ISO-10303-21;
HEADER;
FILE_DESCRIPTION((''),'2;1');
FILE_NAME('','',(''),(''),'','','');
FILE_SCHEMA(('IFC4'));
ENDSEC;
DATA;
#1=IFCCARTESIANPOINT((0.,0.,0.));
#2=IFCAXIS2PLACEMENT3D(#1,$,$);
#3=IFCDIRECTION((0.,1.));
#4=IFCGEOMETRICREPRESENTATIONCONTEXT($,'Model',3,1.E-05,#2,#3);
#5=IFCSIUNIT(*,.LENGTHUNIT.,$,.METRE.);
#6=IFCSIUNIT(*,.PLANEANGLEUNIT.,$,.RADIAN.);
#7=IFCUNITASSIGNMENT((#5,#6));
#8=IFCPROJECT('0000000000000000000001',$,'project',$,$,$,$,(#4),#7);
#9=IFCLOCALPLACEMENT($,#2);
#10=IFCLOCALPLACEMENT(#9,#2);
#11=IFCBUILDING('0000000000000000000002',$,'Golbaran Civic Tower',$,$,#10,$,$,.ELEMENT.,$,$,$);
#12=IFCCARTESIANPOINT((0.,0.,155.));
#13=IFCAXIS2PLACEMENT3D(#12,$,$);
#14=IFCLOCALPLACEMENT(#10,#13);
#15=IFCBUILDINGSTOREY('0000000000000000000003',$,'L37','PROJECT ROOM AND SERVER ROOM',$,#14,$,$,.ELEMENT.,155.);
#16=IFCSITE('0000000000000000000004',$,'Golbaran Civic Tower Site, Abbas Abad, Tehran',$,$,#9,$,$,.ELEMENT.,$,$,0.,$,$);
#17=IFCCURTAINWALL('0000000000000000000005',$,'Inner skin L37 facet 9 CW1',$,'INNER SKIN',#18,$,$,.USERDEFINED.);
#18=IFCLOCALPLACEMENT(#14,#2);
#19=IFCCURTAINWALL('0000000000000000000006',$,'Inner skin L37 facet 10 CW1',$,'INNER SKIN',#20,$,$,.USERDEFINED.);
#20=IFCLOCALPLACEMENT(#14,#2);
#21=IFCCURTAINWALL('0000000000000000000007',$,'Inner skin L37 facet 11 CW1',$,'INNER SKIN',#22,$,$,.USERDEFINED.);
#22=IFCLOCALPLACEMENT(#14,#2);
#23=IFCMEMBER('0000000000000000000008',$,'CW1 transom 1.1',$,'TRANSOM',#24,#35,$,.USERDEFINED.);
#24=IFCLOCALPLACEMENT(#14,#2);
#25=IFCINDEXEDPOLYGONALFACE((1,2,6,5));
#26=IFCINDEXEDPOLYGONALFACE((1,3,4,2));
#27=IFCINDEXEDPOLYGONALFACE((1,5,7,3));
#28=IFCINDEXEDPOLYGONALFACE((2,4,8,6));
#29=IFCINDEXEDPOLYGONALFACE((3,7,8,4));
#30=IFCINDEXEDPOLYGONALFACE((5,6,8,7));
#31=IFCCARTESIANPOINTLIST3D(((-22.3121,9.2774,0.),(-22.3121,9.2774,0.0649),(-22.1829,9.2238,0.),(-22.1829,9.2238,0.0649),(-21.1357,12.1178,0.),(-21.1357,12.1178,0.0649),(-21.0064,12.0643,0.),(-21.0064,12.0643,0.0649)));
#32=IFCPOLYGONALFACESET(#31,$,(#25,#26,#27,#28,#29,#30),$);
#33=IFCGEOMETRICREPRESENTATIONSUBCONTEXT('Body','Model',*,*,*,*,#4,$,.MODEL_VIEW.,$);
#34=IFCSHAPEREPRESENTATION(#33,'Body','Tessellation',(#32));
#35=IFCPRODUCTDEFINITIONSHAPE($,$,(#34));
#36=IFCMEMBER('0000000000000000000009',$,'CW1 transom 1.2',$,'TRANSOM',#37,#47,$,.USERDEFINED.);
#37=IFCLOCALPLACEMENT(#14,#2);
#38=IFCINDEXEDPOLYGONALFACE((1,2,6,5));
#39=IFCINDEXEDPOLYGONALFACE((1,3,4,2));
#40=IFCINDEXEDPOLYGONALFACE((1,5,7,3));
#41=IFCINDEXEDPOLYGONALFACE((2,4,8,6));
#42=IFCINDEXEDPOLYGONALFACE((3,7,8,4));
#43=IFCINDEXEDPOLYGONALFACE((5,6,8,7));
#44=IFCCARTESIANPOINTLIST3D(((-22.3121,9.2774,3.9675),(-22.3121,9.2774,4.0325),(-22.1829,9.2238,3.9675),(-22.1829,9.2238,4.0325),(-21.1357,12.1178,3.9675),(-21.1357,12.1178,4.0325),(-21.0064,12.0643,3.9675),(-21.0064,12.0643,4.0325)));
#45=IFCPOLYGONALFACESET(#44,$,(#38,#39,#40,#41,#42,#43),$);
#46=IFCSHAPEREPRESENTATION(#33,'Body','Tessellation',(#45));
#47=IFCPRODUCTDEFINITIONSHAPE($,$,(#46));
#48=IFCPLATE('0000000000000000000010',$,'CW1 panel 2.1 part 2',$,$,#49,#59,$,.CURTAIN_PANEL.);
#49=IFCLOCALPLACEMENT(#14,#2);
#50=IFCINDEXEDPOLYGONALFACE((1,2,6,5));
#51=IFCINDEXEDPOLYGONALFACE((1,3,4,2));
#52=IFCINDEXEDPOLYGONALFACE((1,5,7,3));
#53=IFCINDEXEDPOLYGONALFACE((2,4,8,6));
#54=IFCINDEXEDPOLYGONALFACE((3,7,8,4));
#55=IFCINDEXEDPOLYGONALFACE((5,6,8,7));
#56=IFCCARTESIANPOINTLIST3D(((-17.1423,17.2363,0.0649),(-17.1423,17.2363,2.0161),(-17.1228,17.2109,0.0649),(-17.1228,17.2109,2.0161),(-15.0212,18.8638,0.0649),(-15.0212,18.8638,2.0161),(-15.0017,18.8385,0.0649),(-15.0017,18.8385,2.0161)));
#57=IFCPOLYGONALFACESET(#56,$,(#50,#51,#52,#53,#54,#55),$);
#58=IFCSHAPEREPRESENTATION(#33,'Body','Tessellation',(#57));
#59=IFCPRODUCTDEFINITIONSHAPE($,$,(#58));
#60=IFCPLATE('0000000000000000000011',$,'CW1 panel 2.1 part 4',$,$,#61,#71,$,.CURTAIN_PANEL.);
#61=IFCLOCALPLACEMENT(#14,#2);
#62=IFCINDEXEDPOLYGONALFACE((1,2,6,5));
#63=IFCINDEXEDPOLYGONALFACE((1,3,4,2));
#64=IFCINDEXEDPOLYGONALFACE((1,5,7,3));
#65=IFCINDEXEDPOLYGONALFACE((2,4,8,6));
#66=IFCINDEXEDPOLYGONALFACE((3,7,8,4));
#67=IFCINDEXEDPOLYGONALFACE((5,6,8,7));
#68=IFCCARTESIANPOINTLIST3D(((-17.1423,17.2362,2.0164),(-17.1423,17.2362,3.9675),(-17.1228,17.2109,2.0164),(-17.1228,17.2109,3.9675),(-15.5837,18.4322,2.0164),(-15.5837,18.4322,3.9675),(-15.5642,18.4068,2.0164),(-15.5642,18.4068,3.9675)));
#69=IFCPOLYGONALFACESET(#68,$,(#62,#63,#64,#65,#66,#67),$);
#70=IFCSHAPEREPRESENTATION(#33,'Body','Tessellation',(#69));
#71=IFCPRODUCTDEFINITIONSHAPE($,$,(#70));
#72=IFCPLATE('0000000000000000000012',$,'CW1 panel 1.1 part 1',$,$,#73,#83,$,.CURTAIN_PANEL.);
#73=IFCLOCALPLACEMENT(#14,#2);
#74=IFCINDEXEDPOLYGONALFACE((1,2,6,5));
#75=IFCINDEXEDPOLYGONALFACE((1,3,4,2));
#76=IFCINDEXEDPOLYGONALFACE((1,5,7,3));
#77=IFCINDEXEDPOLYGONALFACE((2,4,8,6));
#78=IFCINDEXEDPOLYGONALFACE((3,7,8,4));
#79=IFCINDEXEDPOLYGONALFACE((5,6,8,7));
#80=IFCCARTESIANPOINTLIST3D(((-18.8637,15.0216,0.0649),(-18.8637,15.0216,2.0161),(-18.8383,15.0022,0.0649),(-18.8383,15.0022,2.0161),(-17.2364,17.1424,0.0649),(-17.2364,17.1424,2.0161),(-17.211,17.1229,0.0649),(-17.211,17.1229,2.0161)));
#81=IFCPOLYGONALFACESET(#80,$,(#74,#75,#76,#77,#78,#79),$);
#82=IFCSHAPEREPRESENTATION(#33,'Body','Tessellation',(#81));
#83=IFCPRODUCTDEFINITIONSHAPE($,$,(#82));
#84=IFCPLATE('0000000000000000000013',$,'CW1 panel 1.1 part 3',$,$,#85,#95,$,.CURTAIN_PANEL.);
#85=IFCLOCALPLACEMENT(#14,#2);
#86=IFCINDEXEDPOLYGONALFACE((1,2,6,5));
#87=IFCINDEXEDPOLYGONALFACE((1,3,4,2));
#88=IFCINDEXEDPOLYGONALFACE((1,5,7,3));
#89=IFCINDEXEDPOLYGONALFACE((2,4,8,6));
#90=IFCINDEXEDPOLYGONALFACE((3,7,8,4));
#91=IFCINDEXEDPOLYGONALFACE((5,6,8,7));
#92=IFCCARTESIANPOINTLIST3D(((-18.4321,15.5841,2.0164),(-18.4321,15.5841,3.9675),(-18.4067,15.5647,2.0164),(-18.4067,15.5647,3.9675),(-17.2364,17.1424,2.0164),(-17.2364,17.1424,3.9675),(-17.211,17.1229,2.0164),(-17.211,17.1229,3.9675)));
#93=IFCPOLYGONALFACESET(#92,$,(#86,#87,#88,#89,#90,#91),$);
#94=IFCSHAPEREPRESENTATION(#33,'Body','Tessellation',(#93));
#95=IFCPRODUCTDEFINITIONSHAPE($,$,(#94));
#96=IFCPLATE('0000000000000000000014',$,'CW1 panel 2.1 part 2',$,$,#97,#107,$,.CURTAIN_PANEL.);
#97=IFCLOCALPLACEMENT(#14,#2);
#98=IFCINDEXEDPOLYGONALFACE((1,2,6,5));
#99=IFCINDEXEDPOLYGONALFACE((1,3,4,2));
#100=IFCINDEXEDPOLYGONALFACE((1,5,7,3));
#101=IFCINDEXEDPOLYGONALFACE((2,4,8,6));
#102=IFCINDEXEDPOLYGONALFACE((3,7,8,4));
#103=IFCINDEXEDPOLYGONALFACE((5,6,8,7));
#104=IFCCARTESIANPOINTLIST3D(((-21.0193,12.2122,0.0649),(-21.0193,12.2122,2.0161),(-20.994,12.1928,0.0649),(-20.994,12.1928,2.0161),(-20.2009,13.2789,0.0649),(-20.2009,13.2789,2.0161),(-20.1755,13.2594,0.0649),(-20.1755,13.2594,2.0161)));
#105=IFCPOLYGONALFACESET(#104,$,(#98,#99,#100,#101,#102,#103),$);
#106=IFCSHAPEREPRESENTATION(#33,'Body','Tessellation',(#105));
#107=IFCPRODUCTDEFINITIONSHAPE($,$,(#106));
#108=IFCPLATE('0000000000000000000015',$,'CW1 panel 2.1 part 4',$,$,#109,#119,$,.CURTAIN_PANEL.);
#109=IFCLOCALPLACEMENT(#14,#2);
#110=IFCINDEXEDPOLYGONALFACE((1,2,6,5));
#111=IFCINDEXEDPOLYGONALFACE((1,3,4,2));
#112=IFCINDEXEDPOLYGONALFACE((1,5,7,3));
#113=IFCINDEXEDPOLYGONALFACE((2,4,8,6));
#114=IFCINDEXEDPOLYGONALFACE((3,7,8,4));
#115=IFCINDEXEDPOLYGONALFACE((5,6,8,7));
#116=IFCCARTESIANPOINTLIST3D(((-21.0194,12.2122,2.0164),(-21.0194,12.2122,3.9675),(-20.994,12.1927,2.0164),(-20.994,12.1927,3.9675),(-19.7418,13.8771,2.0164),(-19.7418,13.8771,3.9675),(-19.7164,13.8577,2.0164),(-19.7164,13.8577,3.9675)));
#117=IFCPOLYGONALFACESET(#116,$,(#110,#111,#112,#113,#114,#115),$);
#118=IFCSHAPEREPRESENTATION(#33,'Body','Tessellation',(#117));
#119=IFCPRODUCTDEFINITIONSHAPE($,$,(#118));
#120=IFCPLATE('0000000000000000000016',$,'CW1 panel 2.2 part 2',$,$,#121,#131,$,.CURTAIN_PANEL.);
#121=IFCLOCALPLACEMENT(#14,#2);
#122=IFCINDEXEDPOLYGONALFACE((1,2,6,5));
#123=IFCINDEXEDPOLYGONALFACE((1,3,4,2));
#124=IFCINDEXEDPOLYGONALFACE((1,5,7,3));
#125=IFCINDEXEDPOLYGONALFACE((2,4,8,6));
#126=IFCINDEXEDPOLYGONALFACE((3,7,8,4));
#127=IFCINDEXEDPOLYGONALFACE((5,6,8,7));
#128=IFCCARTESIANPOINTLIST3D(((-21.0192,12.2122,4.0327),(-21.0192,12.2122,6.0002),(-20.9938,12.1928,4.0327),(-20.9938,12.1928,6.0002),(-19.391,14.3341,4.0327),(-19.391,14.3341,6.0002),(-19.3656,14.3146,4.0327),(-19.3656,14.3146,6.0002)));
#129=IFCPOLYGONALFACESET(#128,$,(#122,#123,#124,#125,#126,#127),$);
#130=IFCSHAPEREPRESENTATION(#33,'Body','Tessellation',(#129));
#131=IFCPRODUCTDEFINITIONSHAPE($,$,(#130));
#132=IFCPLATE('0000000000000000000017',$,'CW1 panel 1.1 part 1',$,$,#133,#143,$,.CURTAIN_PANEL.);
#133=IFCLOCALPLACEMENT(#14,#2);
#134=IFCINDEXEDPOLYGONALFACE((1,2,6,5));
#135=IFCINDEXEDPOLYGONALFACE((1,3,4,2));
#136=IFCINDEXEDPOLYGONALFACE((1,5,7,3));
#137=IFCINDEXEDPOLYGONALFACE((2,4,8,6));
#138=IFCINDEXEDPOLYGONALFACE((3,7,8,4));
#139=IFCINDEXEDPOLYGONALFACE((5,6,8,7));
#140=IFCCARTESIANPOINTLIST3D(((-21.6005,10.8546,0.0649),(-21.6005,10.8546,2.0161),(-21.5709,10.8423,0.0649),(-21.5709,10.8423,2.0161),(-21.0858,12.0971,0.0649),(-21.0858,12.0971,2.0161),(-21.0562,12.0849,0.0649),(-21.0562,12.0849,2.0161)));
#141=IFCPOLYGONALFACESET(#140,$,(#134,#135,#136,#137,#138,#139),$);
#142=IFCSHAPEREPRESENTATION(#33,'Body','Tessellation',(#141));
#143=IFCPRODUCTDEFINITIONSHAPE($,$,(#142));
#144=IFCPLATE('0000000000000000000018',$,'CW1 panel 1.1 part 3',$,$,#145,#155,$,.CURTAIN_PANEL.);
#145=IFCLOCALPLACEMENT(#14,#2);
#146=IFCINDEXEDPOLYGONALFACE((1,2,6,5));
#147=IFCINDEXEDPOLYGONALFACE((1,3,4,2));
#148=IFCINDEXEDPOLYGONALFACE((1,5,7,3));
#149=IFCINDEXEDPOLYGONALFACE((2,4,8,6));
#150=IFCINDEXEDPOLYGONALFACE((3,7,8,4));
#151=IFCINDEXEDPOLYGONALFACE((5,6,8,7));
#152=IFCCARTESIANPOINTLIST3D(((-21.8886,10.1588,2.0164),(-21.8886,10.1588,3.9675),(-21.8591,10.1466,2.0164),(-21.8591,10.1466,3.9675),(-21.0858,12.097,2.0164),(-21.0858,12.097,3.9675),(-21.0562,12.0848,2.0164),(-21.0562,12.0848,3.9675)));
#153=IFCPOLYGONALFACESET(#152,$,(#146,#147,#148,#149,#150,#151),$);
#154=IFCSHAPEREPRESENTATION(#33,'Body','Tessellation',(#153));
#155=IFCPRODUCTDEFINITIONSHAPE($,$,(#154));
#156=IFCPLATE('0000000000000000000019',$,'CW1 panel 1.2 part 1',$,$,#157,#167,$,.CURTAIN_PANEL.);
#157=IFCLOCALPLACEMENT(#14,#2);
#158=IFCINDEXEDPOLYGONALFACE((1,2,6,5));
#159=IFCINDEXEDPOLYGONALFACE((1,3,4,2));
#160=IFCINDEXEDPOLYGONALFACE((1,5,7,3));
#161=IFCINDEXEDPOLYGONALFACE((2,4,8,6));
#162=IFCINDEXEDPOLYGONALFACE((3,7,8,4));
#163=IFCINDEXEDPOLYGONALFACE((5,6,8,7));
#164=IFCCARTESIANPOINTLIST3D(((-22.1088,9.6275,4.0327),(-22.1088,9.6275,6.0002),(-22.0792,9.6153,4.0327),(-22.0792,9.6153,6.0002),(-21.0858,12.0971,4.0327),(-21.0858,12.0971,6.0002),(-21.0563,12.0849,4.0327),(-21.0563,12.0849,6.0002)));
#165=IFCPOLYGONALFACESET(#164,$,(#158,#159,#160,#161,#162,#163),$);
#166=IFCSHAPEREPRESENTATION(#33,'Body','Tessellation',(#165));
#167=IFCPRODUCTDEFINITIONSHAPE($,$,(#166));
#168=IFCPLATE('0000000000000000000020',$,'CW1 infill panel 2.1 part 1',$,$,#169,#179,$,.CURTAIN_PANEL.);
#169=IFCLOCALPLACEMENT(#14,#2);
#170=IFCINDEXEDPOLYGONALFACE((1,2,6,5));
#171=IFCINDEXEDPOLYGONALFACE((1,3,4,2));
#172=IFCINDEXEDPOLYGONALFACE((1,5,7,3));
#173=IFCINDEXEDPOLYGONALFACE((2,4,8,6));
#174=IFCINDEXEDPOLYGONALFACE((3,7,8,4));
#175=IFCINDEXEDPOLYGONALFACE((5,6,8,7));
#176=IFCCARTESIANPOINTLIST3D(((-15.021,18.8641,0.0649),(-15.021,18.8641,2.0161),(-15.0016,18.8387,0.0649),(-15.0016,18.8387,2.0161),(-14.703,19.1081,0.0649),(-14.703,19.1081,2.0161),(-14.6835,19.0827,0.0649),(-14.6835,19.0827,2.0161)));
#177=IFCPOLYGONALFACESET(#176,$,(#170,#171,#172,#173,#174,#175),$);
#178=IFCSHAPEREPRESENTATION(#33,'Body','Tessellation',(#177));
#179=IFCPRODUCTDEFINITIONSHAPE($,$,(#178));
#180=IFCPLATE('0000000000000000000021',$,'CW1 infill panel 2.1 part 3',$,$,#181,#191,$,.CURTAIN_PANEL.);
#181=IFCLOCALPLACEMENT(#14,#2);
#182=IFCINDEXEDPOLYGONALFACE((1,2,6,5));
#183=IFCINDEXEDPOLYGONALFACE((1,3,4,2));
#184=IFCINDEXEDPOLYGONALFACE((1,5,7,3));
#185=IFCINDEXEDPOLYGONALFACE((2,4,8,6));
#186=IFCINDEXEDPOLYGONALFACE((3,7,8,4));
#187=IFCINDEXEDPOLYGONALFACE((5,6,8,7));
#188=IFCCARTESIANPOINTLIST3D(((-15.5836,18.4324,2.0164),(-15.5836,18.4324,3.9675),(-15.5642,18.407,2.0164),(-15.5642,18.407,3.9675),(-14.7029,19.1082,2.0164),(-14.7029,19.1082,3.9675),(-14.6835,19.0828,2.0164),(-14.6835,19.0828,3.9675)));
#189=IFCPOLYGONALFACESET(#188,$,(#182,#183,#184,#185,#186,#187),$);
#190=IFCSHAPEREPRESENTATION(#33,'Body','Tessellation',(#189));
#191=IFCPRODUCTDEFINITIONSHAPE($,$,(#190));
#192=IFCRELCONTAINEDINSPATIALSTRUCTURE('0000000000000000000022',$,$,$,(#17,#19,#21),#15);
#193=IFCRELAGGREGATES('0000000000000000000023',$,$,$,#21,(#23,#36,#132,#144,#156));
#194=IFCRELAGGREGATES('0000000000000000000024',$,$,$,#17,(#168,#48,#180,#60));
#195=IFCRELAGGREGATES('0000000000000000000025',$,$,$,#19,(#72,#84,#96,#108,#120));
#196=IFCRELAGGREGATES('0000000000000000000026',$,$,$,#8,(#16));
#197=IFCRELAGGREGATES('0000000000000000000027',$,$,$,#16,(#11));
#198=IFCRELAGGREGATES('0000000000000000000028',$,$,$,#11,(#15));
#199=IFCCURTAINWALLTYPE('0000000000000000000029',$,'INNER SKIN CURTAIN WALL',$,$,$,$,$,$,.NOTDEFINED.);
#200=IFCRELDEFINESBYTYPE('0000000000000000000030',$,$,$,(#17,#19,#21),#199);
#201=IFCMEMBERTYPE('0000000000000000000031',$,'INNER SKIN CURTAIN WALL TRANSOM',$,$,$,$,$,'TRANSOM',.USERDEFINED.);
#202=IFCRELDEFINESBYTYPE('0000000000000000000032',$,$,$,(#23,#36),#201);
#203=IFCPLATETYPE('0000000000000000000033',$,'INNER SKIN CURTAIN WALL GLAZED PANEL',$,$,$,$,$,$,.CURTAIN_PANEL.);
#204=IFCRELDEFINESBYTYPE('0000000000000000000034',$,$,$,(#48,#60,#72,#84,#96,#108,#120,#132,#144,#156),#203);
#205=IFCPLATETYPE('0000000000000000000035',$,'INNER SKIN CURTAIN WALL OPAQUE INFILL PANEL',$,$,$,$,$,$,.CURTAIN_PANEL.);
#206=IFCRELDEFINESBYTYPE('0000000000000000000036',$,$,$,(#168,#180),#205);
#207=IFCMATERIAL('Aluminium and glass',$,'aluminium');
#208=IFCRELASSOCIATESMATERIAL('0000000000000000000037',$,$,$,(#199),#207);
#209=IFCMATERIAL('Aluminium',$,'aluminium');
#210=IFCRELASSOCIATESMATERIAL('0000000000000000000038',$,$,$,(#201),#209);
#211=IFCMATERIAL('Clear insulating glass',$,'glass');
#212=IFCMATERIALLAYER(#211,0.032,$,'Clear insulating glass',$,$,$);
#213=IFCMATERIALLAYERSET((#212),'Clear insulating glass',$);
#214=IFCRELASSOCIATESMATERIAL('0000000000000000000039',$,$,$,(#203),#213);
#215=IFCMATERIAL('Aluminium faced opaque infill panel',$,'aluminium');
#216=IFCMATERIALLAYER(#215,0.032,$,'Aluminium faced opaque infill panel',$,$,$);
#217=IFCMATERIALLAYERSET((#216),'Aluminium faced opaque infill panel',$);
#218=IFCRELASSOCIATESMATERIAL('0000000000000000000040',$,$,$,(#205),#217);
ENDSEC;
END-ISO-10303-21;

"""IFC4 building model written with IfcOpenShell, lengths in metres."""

from ifc_helpers import new_model, si_unit, direction, frame, origin, origin_2d, place, context, subcontext, project, spatial, rectangle, extrude, material, layer, layer_set, material_profile, profile_set, type_object, element, aggregate, save


model = new_model("IFC4")

# Units and contexts
model_context = context("Model", 3, precision=1e-05, world=origin(), true_north=direction((0.0, 1.0)))
body_context = subcontext(model_context, "Body", "Model", "MODEL_VIEW")
ifc_project = project(units=[si_unit("LENGTHUNIT", "METRE"), si_unit("PLANEANGLEUNIT", "RADIAN")], contexts=[model_context])

# Site, building, storey
site_placement = place(None, origin())
site = spatial("IfcSite", under=ifc_project, at=site_placement, Name="Golbaran Civic Tower Site, Abbas Abad, Tehran", CompositionType="ELEMENT", RefElevation=0.0)
building_placement = place(site_placement, origin())
building = spatial("IfcBuilding", under=site, at=building_placement, Name="Golbaran Civic Tower", CompositionType="ELEMENT")
storey_placement = place(building_placement, frame((0.0, 0.0, 155.0)))
storey = spatial("IfcBuildingStorey", under=building, at=storey_placement, Name="L37", Description="PROJECT ROOM AND SERVER ROOM", CompositionType="ELEMENT", Elevation=155.0)

# Curtain wall
ifc_material_1 = material(Name="Aluminium and glass", Category="aluminium")
curtain_wall_type = type_object("IfcCurtainWallType", Name="INNER SKIN CURTAIN WALL", PredefinedType="NOTDEFINED", material=ifc_material_1)
curtain_wall_1_placement = place(storey_placement, origin())
curtain_wall_1 = element("IfcCurtainWall", 1, at=curtain_wall_1_placement, inside=storey, type_object=curtain_wall_type, Name="Inner skin L37 facet 9 CW1", ObjectType="INNER SKIN", PredefinedType="USERDEFINED")
ifc_material_2 = material(Name="Aluminium", Category="aluminium")

# Curtain wall
curtain_wall_2_placement = place(storey_placement, origin())
curtain_wall_2 = element("IfcCurtainWall", 2, at=curtain_wall_2_placement, inside=storey, type_object=curtain_wall_type, Name="Inner skin L37 facet 10 CW1", ObjectType="INNER SKIN", PredefinedType="USERDEFINED")

# Curtain wall
curtain_wall_3_placement = place(storey_placement, origin())
curtain_wall_3 = element("IfcCurtainWall", 3, at=curtain_wall_3_placement, inside=storey, type_object=curtain_wall_type, Name="Inner skin L37 facet 11 CW1", ObjectType="INNER SKIN", PredefinedType="USERDEFINED")

# Members
ifc_material_profile_1 = material_profile(ifc_material_2, rectangle(XDim=0.1399, YDim=0.0649, at=origin_2d()), Name="INNER SKIN CURTAIN WALL TRANSOM")
ifc_profile_set_1 = profile_set([ifc_material_profile_1], Name="Aluminium")
member_type_1 = type_object("IfcMemberType", Name="INNER SKIN CURTAIN WALL TRANSOM", ElementType="TRANSOM", PredefinedType="USERDEFINED", material=ifc_profile_set_1)
member_1_placement = place(storey_placement, frame((-21.071, 12.0911, 0.0325), z_axis=(-0.382658, -0.92389, 0.0), x_axis=(0.92389, -0.382658, 0.0)))
member_1 = element("IfcMember", 4, at=member_1_placement, type_object=member_type_1, Name="CW1 transom 1.1", ObjectType="TRANSOM", PredefinedType="USERDEFINED", context=body_context, shape_type="SweptSolid", body=[
    extrude(rectangle(XDim=0.1399, YDim=0.0649, at=origin_2d()), origin(), (0.0, 0.0, 1.0), 3.0745),
])
member_2_placement = place(storey_placement, frame((-21.071, 12.0911, 4.0), z_axis=(-0.382658, -0.92389, 0.0), x_axis=(0.92389, -0.382658, 0.0)))
member_2 = element("IfcMember", 5, at=member_2_placement, type_object=member_type_1, Name="CW1 transom 1.2", ObjectType="TRANSOM", PredefinedType="USERDEFINED", context=body_context, shape_type="SweptSolid", body=[
    extrude(rectangle(XDim=0.1399, YDim=0.0649, at=origin_2d()), origin(), (0.0, 0.0, 1.0), 3.0745),
])

# Plates
ifc_material_3 = material(Name="Clear insulating glass", Category="glass")
ifc_layer_1 = layer(ifc_material_3, 0.032, Name="Clear insulating glass")
ifc_layer_set_1 = layer_set([ifc_layer_1], Name="Clear insulating glass")
plate_type_1 = type_object("IfcPlateType", Name="INNER SKIN CURTAIN WALL GLAZED PANEL", PredefinedType="CURTAIN_PANEL", material=ifc_layer_set_1)
plate_1_placement = place(storey_placement, frame((-16.072, 18.0374, 0.0649), z_axis=(0.0, 0.0, 1.0), x_axis=(-0.793353, -0.608761, 0.0)))
plate_1 = element("IfcPlate", 6, at=plate_1_placement, type_object=plate_type_1, Name="CW1 panel 2.1 part 2", PredefinedType="CURTAIN_PANEL", context=body_context, shape_type="SweptSolid", body=[
    extrude(rectangle(XDim=2.6736, YDim=0.032, at=origin_2d()), origin(), (0.0, 0.0, 1.0), 1.9512),
])
plate_2_placement = place(storey_placement, frame((-16.3533, 17.8215, 2.0164), z_axis=(0.0, 0.0, 1.0), x_axis=(-0.793353, -0.608761, 0.0)))
plate_2 = element("IfcPlate", 7, at=plate_2_placement, type_object=plate_type_1, Name="CW1 panel 2.1 part 4", PredefinedType="CURTAIN_PANEL", context=body_context, shape_type="SweptSolid", body=[
    extrude(rectangle(XDim=1.9646, YDim=0.032, at=origin_2d()), origin(), (0.0, 0.0, 1.0), 1.9512),
])
plate_3_placement = place(storey_placement, frame((-18.0374, 16.0723, 0.0649), z_axis=(0.0, 0.0, 1.0), x_axis=(-0.608761, -0.793353, 0.0)))
plate_3 = element("IfcPlate", 8, at=plate_3_placement, type_object=plate_type_1, Name="CW1 panel 1.1 part 1", PredefinedType="CURTAIN_PANEL", context=body_context, shape_type="SweptSolid", body=[
    extrude(rectangle(XDim=2.6731, YDim=0.032, at=origin_2d()), origin(), (0.0, 0.0, 1.0), 1.9512),
])
plate_4_placement = place(storey_placement, frame((-17.8215, 16.3535, 2.0164), z_axis=(0.0, 0.0, 1.0), x_axis=(-0.608761, -0.793353, 0.0)))
plate_4 = element("IfcPlate", 9, at=plate_4_placement, type_object=plate_type_1, Name="CW1 panel 1.1 part 3", PredefinedType="CURTAIN_PANEL", context=body_context, shape_type="SweptSolid", body=[
    extrude(rectangle(XDim=1.9641, YDim=0.032, at=origin_2d()), origin(), (0.0, 0.0, 1.0), 1.9512),
])
plate_5_placement = place(storey_placement, frame((-20.5974, 12.7358, 0.0649), z_axis=(0.0, 0.0, 1.0), x_axis=(-0.608761, -0.793353, 0.0)))
plate_5 = element("IfcPlate", 10, at=plate_5_placement, type_object=plate_type_1, Name="CW1 panel 2.1 part 2", PredefinedType="CURTAIN_PANEL", context=body_context, shape_type="SweptSolid", body=[
    extrude(rectangle(XDim=1.3445, YDim=0.032, at=origin_2d()), origin(), (0.0, 0.0, 1.0), 1.9512),
])
plate_6_placement = place(storey_placement, frame((-20.3679, 13.0349, 2.0164), z_axis=(0.0, 0.0, 1.0), x_axis=(-0.608761, -0.793353, 0.0)))
plate_6 = element("IfcPlate", 11, at=plate_6_placement, type_object=plate_type_1, Name="CW1 panel 2.1 part 4", PredefinedType="CURTAIN_PANEL", context=body_context, shape_type="SweptSolid", body=[
    extrude(rectangle(XDim=2.0986, YDim=0.032, at=origin_2d()), origin(), (0.0, 0.0, 1.0), 1.9512),
])
plate_7_placement = place(storey_placement, frame((-20.1924, 13.2634, 4.0327), z_axis=(0.0, 0.0, 1.0), x_axis=(-0.608761, -0.793353, 0.0)))
plate_7 = element("IfcPlate", 12, at=plate_7_placement, type_object=plate_type_1, Name="CW1 panel 2.2 part 2", PredefinedType="CURTAIN_PANEL", context=body_context, shape_type="SweptSolid", body=[
    extrude(rectangle(XDim=2.6746, YDim=0.032, at=origin_2d()), origin(), (0.0, 0.0, 1.0), 1.9675),
])
plate_8_placement = place(storey_placement, frame((-21.3284, 11.4697, 0.0649), z_axis=(0.0, 0.0, 1.0), x_axis=(-0.382683, -0.92388, 0.0)))
plate_8 = element("IfcPlate", 13, at=plate_8_placement, type_object=plate_type_1, Name="CW1 panel 1.1 part 1", PredefinedType="CURTAIN_PANEL", context=body_context, shape_type="SweptSolid", body=[
    extrude(rectangle(XDim=1.345, YDim=0.032, at=origin_2d()), origin(), (0.0, 0.0, 1.0), 1.9512),
])
plate_9_placement = place(storey_placement, frame((-21.4724, 11.1218, 2.0164), z_axis=(0.0, 0.0, 1.0), x_axis=(-0.382683, -0.92388, 0.0)))
plate_9 = element("IfcPlate", 14, at=plate_9_placement, type_object=plate_type_1, Name="CW1 panel 1.1 part 3", PredefinedType="CURTAIN_PANEL", context=body_context, shape_type="SweptSolid", body=[
    extrude(rectangle(XDim=2.0979, YDim=0.032, at=origin_2d()), origin(), (0.0, 0.0, 1.0), 1.9512),
])
plate_10_placement = place(storey_placement, frame((-21.5825, 10.8562, 4.0327), z_axis=(0.0, 0.0, 1.0), x_axis=(-0.382683, -0.92388, 0.0)))
plate_10 = element("IfcPlate", 15, at=plate_10_placement, type_object=plate_type_1, Name="CW1 panel 1.2 part 1", PredefinedType="CURTAIN_PANEL", context=body_context, shape_type="SweptSolid", body=[
    extrude(rectangle(XDim=2.6731, YDim=0.032, at=origin_2d()), origin(), (0.0, 0.0, 1.0), 1.9675),
])
aggregate(curtain_wall_3, [member_1, member_2, plate_8, plate_9, plate_10])
ifc_material_4 = material(Name="Aluminium faced opaque infill panel", Category="aluminium")
ifc_layer_2 = layer(ifc_material_4, 0.032, Name="Aluminium faced opaque infill panel")
ifc_layer_set_2 = layer_set([ifc_layer_2], Name="Aluminium faced opaque infill panel")
plate_type_2 = type_object("IfcPlateType", Name="INNER SKIN CURTAIN WALL OPAQUE INFILL PANEL", PredefinedType="CURTAIN_PANEL", material=ifc_layer_set_2)
plate_11_placement = place(storey_placement, frame((-14.8523, 18.9734, 0.0649), z_axis=(0.0, 0.0, 1.0), x_axis=(-0.793353, -0.608761, 0.0)))
plate_11 = element("IfcPlate", 16, at=plate_11_placement, type_object=plate_type_2, Name="CW1 infill panel 2.1 part 1", PredefinedType="CURTAIN_PANEL", context=body_context, shape_type="SweptSolid", body=[
    extrude(rectangle(XDim=0.4009, YDim=0.032, at=origin_2d()), origin(), (0.0, 0.0, 1.0), 1.9512),
])
plate_12_placement = place(storey_placement, frame((-15.1335, 18.7576, 2.0164), z_axis=(0.0, 0.0, 1.0), x_axis=(-0.793353, -0.608761, 0.0)))
plate_12 = element("IfcPlate", 17, at=plate_12_placement, type_object=plate_type_2, Name="CW1 infill panel 2.1 part 3", PredefinedType="CURTAIN_PANEL", context=body_context, shape_type="SweptSolid", body=[
    extrude(rectangle(XDim=1.1101, YDim=0.032, at=origin_2d()), origin(), (0.0, 0.0, 1.0), 1.9512),
])
aggregate(curtain_wall_1, [plate_11, plate_1, plate_12, plate_2])
aggregate(curtain_wall_2, [plate_3, plate_4, plate_5, plate_6, plate_7])

save(model, "model.ifc")
